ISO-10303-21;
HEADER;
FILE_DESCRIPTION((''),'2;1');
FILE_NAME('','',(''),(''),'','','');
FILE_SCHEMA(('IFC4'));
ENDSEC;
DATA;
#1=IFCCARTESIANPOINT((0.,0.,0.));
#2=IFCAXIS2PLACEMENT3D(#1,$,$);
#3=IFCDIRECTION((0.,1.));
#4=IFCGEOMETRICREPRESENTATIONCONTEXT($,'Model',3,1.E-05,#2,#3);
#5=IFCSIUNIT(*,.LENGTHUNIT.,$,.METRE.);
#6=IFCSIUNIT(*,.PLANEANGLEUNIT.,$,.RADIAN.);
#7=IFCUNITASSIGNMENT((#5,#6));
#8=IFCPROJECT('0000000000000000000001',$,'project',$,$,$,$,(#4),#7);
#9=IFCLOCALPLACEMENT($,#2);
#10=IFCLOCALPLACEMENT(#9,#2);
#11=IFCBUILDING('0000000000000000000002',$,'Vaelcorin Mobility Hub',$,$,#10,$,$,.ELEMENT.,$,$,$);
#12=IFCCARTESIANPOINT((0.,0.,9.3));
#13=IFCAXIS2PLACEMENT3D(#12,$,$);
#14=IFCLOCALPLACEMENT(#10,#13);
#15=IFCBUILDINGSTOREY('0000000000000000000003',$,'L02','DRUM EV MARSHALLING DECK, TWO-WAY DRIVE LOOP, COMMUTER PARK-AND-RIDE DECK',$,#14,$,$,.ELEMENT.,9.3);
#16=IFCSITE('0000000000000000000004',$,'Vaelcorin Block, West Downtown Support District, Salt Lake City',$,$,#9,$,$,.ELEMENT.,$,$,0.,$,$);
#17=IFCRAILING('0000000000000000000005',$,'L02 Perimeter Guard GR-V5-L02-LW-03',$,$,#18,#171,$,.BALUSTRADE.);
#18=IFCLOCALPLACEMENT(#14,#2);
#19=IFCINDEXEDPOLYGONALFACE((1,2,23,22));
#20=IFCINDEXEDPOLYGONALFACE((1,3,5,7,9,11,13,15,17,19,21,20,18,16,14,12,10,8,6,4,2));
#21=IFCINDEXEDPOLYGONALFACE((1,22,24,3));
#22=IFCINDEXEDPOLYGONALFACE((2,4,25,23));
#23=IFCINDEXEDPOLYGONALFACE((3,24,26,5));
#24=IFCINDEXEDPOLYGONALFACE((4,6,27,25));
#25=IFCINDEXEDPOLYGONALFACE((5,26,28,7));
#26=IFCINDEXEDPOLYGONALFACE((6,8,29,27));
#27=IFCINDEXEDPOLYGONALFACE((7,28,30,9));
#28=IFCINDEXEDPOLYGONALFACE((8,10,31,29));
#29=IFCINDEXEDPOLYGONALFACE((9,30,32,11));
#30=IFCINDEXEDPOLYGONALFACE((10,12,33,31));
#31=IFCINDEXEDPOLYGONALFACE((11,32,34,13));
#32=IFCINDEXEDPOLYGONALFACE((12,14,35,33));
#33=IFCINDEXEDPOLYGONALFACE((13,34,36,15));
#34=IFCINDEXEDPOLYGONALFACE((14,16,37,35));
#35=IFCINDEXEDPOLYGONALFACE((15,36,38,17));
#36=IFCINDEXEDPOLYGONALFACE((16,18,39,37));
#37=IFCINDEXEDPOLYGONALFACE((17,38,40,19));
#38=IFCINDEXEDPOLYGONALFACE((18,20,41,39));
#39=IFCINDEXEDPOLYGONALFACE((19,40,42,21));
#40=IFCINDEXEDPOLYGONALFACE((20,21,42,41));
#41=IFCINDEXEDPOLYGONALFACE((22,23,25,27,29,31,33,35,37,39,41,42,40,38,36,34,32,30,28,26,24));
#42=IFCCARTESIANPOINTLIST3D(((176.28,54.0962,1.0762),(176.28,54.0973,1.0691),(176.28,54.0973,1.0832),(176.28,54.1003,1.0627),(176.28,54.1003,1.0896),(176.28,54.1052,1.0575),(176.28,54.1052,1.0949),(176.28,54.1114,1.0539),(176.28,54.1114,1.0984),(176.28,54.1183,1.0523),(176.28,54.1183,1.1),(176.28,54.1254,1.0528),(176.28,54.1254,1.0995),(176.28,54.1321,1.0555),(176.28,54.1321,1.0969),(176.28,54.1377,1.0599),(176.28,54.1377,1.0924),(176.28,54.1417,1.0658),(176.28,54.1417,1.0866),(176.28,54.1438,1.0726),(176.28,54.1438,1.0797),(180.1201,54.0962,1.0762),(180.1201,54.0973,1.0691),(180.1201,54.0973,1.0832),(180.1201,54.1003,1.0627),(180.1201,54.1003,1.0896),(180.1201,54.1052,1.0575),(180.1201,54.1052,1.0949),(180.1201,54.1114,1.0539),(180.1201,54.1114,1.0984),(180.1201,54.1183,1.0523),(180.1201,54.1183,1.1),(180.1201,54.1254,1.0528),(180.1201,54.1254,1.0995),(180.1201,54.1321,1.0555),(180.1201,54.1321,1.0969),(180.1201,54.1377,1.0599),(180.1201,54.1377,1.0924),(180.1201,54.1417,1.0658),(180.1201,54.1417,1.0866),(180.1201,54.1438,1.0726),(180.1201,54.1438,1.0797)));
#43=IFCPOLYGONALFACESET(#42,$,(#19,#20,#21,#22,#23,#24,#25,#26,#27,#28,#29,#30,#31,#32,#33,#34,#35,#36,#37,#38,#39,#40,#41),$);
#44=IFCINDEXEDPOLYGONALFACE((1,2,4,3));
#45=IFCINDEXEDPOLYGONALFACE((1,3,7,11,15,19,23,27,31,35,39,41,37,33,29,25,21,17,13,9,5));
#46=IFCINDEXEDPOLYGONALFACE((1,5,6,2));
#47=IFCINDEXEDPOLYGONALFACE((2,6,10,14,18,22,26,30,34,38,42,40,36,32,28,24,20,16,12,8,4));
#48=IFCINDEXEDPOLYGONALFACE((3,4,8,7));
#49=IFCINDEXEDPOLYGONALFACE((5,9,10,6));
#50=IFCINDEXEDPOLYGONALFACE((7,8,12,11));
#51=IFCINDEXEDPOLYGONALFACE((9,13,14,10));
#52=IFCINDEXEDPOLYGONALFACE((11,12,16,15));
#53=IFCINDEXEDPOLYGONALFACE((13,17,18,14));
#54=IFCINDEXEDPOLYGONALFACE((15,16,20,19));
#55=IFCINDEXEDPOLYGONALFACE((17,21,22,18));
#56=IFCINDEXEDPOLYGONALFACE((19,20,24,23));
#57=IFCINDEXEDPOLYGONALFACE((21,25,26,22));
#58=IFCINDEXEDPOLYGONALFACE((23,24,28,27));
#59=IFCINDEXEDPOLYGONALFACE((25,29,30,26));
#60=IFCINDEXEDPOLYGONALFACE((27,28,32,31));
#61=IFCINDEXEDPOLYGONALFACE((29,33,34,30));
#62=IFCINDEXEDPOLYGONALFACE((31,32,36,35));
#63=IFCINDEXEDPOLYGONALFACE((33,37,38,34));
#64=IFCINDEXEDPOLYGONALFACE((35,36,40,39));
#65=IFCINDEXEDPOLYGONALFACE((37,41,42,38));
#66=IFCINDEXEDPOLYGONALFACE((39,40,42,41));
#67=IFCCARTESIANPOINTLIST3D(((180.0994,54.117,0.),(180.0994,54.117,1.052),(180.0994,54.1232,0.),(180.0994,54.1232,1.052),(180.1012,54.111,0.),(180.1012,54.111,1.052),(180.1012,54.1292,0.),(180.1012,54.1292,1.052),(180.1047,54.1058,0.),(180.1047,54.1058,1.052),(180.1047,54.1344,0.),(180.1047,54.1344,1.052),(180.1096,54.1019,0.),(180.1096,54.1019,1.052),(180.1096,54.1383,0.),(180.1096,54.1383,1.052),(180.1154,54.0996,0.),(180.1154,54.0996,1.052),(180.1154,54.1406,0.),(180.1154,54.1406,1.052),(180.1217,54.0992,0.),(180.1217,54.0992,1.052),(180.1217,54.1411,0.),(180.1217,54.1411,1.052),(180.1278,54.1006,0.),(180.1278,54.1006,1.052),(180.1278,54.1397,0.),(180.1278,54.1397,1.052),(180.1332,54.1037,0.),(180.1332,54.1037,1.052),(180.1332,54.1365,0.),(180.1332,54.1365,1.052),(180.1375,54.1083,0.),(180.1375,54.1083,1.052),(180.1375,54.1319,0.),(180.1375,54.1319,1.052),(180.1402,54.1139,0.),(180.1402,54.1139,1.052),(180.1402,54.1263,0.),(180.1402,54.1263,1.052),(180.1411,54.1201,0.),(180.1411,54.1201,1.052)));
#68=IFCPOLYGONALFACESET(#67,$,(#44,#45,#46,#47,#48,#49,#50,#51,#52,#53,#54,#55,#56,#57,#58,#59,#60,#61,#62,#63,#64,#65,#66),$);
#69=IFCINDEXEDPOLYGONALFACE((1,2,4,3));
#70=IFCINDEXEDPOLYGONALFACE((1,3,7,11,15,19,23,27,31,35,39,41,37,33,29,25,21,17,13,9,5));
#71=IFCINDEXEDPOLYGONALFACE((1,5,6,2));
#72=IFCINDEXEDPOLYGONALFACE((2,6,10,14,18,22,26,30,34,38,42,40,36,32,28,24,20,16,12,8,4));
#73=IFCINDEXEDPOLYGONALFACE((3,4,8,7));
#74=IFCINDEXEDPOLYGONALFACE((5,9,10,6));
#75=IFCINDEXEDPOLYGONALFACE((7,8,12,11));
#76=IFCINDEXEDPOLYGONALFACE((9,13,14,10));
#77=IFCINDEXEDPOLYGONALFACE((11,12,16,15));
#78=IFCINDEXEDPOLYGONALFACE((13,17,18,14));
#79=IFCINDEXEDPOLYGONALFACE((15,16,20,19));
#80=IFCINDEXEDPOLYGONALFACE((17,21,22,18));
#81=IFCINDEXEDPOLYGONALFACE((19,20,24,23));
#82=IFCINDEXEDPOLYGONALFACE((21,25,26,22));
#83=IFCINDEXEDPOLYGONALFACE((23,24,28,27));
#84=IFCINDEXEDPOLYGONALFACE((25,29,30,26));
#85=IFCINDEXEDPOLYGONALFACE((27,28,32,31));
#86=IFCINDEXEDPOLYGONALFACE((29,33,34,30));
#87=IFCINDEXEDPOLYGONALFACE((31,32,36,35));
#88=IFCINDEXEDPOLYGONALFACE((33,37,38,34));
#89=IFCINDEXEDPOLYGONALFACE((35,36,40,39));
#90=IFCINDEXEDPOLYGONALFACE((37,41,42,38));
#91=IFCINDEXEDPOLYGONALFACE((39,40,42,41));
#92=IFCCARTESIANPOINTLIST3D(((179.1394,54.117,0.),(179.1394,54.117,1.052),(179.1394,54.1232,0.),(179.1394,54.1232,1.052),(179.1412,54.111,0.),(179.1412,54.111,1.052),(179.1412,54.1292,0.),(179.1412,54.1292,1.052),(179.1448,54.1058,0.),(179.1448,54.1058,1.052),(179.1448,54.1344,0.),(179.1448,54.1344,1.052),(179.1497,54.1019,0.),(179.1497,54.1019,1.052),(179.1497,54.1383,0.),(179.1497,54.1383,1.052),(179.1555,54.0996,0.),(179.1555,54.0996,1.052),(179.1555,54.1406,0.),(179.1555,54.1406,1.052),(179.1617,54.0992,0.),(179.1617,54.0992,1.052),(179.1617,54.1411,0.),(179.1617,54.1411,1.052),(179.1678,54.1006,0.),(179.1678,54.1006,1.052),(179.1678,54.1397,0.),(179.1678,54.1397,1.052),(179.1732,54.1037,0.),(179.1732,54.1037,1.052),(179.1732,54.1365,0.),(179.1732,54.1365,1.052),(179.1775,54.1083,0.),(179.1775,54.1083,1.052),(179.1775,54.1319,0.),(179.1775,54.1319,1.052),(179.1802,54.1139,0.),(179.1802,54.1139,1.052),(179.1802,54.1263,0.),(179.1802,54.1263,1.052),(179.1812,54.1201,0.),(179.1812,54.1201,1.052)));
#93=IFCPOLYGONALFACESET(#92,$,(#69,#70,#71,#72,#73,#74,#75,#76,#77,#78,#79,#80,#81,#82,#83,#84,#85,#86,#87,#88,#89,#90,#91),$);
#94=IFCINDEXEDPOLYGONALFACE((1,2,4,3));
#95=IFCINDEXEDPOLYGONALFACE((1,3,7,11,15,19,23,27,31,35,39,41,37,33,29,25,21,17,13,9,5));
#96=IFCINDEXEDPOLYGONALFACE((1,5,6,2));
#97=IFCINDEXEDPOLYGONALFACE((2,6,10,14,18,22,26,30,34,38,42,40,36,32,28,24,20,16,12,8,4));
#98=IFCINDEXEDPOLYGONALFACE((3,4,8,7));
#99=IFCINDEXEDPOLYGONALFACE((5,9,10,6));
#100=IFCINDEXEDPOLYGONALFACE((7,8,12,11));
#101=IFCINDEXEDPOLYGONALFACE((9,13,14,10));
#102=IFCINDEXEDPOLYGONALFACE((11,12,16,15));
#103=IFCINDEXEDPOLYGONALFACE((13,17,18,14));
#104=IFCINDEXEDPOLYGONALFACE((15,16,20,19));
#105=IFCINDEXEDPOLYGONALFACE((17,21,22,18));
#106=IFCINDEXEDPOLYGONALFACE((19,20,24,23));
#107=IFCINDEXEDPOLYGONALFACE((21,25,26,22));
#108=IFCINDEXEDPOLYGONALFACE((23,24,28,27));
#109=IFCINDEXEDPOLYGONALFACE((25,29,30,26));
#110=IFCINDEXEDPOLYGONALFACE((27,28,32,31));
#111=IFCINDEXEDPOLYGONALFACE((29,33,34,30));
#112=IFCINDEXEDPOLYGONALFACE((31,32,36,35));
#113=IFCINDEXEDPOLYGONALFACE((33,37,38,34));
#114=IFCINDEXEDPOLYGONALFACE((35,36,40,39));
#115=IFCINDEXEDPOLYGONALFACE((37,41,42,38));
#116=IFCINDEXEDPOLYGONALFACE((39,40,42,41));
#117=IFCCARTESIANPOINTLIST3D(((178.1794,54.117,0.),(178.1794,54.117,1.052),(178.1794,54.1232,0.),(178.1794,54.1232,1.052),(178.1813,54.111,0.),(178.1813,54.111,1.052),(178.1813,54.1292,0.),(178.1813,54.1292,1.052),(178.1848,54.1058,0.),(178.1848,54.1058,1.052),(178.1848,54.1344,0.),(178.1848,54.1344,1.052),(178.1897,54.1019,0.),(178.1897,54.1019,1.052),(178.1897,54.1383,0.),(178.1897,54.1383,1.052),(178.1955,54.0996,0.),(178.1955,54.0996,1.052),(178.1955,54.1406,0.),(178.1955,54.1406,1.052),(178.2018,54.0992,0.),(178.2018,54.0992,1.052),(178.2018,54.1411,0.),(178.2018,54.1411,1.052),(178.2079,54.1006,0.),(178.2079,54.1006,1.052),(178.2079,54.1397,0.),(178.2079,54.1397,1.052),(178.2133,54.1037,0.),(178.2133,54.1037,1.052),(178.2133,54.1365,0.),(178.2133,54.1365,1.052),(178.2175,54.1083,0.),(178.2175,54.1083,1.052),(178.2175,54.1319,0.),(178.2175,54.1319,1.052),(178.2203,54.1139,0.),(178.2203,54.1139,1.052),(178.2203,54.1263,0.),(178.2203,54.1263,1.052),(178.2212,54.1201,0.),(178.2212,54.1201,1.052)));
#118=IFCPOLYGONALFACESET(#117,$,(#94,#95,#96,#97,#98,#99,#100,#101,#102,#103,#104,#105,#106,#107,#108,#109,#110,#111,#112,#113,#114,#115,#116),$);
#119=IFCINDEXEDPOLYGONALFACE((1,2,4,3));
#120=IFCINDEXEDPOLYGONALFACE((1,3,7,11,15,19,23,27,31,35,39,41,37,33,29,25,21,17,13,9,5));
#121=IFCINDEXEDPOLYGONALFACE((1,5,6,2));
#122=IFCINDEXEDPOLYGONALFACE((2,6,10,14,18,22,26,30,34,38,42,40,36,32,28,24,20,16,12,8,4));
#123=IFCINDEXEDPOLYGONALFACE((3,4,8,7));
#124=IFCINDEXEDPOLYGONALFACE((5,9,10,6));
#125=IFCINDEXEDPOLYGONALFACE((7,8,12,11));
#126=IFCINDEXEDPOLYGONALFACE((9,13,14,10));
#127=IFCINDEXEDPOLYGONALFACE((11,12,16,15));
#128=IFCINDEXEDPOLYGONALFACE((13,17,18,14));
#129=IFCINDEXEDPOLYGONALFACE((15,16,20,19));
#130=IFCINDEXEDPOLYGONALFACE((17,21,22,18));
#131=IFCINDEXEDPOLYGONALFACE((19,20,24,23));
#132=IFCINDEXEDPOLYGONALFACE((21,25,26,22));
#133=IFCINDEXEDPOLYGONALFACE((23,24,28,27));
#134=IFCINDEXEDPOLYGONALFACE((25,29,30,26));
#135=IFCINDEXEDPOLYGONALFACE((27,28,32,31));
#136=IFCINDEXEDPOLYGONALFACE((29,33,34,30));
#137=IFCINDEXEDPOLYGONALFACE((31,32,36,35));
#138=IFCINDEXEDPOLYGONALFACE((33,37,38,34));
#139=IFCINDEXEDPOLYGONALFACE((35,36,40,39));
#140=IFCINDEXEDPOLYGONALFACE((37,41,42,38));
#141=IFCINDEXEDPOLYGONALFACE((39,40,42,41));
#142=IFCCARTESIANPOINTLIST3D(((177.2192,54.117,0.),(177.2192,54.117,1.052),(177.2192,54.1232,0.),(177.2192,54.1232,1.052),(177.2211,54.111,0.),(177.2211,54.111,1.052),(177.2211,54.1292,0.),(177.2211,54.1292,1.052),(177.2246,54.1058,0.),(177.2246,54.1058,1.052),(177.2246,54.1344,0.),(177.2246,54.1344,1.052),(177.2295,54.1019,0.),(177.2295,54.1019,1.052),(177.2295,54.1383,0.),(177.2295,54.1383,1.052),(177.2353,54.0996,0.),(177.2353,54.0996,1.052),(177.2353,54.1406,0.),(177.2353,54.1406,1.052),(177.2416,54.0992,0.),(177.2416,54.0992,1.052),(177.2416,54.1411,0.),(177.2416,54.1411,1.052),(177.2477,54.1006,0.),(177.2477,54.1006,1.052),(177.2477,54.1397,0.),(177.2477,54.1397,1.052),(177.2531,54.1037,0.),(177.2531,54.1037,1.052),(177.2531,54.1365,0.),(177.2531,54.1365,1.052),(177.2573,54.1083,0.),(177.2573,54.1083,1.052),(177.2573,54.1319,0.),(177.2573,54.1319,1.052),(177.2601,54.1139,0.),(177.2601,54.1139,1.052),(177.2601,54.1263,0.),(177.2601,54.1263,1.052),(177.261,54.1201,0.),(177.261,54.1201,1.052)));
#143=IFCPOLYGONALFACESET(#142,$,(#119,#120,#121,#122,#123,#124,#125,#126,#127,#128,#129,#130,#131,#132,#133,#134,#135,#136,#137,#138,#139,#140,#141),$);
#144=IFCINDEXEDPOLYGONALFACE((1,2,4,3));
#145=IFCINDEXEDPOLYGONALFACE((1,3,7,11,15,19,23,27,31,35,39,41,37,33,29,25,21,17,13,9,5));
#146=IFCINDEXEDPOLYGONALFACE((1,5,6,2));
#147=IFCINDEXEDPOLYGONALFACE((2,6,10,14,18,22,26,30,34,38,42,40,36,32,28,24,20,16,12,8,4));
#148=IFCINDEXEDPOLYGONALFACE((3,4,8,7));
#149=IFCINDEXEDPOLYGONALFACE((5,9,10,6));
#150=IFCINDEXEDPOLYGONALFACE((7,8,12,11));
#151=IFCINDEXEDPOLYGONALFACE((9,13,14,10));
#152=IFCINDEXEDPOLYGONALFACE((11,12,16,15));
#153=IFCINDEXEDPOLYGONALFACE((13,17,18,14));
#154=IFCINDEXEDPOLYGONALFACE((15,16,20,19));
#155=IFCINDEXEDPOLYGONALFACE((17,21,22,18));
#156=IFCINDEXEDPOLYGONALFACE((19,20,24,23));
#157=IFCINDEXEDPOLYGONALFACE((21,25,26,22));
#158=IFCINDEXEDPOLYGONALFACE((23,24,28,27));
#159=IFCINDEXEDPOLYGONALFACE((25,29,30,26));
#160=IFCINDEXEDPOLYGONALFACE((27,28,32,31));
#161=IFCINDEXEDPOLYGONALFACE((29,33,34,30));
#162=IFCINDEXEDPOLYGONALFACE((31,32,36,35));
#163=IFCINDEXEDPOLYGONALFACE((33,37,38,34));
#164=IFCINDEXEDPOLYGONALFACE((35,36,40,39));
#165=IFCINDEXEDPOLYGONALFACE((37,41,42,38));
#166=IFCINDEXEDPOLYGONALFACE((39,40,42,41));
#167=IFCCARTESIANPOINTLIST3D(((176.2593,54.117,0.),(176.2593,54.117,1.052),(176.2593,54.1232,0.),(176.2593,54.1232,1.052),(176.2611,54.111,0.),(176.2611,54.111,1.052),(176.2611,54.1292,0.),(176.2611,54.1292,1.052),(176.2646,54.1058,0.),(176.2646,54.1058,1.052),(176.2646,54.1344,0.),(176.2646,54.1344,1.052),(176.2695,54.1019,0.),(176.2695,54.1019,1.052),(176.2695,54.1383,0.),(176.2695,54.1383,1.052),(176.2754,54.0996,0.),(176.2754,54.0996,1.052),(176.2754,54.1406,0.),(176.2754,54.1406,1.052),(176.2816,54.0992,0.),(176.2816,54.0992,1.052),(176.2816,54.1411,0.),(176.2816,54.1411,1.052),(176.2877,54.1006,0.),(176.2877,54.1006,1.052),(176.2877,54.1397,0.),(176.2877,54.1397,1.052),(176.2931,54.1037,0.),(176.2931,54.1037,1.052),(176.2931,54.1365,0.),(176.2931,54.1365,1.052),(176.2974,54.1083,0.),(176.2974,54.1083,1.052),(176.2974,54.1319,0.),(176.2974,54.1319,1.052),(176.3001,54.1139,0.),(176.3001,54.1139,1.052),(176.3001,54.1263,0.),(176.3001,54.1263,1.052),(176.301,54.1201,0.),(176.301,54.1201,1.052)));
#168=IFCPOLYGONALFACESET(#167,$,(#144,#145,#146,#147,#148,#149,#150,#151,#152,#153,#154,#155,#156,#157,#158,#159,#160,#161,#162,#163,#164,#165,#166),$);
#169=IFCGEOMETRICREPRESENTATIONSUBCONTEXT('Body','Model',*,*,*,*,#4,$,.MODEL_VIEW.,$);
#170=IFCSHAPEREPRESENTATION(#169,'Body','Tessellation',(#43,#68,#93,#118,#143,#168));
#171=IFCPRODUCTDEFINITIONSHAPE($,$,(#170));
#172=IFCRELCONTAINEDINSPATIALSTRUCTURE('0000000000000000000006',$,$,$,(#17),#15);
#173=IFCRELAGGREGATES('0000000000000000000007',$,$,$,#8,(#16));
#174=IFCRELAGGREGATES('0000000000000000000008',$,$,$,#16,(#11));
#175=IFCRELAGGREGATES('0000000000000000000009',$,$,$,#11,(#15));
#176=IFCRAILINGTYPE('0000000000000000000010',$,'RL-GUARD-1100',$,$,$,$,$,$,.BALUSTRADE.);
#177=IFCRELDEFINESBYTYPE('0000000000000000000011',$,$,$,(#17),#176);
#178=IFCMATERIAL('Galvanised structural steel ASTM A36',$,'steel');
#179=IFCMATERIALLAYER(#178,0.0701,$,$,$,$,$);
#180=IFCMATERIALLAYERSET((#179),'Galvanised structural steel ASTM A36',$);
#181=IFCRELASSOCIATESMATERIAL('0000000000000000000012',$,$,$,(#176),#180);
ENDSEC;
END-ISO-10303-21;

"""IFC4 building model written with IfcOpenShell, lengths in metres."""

from ifc_helpers import new_model, si_unit, direction, frame, origin, origin_2d, place, context, subcontext, project, spatial, circle, extrude, material, layer, layer_set, type_object, element, save


model = new_model("IFC4")

# Units and contexts
model_context = context("Model", 3, precision=1e-05, world=origin(), true_north=direction((0.0, 1.0)))
body_context = subcontext(model_context, "Body", "Model", "MODEL_VIEW")
ifc_project = project(units=[si_unit("LENGTHUNIT", "METRE"), si_unit("PLANEANGLEUNIT", "RADIAN")], contexts=[model_context])

# Site, building, storey
site_placement = place(None, origin())
site = spatial("IfcSite", under=ifc_project, at=site_placement, Name="Vaelcorin Block, West Downtown Support District, Salt Lake City", CompositionType="ELEMENT", RefElevation=0.0)
building_placement = place(site_placement, origin())
building = spatial("IfcBuilding", under=site, at=building_placement, Name="Vaelcorin Mobility Hub", CompositionType="ELEMENT")
storey_placement = place(building_placement, frame((0.0, 0.0, 9.3)))
storey = spatial("IfcBuildingStorey", under=building, at=storey_placement, Name="L02", Description="DRUM EV MARSHALLING DECK, TWO-WAY DRIVE LOOP, COMMUTER PARK-AND-RIDE DECK", CompositionType="ELEMENT", Elevation=9.3)

# Railing
ifc_material_1 = material(Name="Galvanised structural steel ASTM A36", Category="steel")
ifc_layer_1 = layer(ifc_material_1, 0.0701)
ifc_layer_set_1 = layer_set([ifc_layer_1], Name="Galvanised structural steel ASTM A36")
railing_type = type_object("IfcRailingType", Name="RL-GUARD-1100", PredefinedType="BALUSTRADE", material=ifc_layer_set_1)
railing_1_placement = place(storey_placement, frame((180.1201, 54.1201, 0.0)))
element("IfcRailing", 1, at=railing_1_placement, inside=storey, type_object=railing_type, Name="L02 Perimeter Guard GR-V5-L02-LW-03", PredefinedType="BALUSTRADE", context=body_context, shape_type="SweptSolid", body=[
    extrude(circle(Radius=0.0239, at=origin_2d()), frame((0.0, 0.0, 1.0762), z_axis=(-1.0, 0.0, 0.0), x_axis=(0.0, -1.0, 0.0)), (0.0, 0.0, 1.0), 3.8401),
    extrude(circle(Radius=0.021, at=origin_2d()), origin(), (0.0, 0.0, 1.0), 1.052),
    extrude(circle(Radius=0.021, at=origin_2d()), frame((-0.96, 0.0, 0.0)), (0.0, 0.0, 1.0), 1.052),
    extrude(circle(Radius=0.021, at=origin_2d()), frame((-1.9199, 0.0, 0.0)), (0.0, 0.0, 1.0), 1.052),
    extrude(circle(Radius=0.021, at=origin_2d()), frame((-2.8801, 0.0, 0.0)), (0.0, 0.0, 1.0), 1.052),
    extrude(circle(Radius=0.021, at=origin_2d()), frame((-3.8401, 0.0, 0.0)), (0.0, 0.0, 1.0), 1.052),
])

save(model, "model.ifc")
